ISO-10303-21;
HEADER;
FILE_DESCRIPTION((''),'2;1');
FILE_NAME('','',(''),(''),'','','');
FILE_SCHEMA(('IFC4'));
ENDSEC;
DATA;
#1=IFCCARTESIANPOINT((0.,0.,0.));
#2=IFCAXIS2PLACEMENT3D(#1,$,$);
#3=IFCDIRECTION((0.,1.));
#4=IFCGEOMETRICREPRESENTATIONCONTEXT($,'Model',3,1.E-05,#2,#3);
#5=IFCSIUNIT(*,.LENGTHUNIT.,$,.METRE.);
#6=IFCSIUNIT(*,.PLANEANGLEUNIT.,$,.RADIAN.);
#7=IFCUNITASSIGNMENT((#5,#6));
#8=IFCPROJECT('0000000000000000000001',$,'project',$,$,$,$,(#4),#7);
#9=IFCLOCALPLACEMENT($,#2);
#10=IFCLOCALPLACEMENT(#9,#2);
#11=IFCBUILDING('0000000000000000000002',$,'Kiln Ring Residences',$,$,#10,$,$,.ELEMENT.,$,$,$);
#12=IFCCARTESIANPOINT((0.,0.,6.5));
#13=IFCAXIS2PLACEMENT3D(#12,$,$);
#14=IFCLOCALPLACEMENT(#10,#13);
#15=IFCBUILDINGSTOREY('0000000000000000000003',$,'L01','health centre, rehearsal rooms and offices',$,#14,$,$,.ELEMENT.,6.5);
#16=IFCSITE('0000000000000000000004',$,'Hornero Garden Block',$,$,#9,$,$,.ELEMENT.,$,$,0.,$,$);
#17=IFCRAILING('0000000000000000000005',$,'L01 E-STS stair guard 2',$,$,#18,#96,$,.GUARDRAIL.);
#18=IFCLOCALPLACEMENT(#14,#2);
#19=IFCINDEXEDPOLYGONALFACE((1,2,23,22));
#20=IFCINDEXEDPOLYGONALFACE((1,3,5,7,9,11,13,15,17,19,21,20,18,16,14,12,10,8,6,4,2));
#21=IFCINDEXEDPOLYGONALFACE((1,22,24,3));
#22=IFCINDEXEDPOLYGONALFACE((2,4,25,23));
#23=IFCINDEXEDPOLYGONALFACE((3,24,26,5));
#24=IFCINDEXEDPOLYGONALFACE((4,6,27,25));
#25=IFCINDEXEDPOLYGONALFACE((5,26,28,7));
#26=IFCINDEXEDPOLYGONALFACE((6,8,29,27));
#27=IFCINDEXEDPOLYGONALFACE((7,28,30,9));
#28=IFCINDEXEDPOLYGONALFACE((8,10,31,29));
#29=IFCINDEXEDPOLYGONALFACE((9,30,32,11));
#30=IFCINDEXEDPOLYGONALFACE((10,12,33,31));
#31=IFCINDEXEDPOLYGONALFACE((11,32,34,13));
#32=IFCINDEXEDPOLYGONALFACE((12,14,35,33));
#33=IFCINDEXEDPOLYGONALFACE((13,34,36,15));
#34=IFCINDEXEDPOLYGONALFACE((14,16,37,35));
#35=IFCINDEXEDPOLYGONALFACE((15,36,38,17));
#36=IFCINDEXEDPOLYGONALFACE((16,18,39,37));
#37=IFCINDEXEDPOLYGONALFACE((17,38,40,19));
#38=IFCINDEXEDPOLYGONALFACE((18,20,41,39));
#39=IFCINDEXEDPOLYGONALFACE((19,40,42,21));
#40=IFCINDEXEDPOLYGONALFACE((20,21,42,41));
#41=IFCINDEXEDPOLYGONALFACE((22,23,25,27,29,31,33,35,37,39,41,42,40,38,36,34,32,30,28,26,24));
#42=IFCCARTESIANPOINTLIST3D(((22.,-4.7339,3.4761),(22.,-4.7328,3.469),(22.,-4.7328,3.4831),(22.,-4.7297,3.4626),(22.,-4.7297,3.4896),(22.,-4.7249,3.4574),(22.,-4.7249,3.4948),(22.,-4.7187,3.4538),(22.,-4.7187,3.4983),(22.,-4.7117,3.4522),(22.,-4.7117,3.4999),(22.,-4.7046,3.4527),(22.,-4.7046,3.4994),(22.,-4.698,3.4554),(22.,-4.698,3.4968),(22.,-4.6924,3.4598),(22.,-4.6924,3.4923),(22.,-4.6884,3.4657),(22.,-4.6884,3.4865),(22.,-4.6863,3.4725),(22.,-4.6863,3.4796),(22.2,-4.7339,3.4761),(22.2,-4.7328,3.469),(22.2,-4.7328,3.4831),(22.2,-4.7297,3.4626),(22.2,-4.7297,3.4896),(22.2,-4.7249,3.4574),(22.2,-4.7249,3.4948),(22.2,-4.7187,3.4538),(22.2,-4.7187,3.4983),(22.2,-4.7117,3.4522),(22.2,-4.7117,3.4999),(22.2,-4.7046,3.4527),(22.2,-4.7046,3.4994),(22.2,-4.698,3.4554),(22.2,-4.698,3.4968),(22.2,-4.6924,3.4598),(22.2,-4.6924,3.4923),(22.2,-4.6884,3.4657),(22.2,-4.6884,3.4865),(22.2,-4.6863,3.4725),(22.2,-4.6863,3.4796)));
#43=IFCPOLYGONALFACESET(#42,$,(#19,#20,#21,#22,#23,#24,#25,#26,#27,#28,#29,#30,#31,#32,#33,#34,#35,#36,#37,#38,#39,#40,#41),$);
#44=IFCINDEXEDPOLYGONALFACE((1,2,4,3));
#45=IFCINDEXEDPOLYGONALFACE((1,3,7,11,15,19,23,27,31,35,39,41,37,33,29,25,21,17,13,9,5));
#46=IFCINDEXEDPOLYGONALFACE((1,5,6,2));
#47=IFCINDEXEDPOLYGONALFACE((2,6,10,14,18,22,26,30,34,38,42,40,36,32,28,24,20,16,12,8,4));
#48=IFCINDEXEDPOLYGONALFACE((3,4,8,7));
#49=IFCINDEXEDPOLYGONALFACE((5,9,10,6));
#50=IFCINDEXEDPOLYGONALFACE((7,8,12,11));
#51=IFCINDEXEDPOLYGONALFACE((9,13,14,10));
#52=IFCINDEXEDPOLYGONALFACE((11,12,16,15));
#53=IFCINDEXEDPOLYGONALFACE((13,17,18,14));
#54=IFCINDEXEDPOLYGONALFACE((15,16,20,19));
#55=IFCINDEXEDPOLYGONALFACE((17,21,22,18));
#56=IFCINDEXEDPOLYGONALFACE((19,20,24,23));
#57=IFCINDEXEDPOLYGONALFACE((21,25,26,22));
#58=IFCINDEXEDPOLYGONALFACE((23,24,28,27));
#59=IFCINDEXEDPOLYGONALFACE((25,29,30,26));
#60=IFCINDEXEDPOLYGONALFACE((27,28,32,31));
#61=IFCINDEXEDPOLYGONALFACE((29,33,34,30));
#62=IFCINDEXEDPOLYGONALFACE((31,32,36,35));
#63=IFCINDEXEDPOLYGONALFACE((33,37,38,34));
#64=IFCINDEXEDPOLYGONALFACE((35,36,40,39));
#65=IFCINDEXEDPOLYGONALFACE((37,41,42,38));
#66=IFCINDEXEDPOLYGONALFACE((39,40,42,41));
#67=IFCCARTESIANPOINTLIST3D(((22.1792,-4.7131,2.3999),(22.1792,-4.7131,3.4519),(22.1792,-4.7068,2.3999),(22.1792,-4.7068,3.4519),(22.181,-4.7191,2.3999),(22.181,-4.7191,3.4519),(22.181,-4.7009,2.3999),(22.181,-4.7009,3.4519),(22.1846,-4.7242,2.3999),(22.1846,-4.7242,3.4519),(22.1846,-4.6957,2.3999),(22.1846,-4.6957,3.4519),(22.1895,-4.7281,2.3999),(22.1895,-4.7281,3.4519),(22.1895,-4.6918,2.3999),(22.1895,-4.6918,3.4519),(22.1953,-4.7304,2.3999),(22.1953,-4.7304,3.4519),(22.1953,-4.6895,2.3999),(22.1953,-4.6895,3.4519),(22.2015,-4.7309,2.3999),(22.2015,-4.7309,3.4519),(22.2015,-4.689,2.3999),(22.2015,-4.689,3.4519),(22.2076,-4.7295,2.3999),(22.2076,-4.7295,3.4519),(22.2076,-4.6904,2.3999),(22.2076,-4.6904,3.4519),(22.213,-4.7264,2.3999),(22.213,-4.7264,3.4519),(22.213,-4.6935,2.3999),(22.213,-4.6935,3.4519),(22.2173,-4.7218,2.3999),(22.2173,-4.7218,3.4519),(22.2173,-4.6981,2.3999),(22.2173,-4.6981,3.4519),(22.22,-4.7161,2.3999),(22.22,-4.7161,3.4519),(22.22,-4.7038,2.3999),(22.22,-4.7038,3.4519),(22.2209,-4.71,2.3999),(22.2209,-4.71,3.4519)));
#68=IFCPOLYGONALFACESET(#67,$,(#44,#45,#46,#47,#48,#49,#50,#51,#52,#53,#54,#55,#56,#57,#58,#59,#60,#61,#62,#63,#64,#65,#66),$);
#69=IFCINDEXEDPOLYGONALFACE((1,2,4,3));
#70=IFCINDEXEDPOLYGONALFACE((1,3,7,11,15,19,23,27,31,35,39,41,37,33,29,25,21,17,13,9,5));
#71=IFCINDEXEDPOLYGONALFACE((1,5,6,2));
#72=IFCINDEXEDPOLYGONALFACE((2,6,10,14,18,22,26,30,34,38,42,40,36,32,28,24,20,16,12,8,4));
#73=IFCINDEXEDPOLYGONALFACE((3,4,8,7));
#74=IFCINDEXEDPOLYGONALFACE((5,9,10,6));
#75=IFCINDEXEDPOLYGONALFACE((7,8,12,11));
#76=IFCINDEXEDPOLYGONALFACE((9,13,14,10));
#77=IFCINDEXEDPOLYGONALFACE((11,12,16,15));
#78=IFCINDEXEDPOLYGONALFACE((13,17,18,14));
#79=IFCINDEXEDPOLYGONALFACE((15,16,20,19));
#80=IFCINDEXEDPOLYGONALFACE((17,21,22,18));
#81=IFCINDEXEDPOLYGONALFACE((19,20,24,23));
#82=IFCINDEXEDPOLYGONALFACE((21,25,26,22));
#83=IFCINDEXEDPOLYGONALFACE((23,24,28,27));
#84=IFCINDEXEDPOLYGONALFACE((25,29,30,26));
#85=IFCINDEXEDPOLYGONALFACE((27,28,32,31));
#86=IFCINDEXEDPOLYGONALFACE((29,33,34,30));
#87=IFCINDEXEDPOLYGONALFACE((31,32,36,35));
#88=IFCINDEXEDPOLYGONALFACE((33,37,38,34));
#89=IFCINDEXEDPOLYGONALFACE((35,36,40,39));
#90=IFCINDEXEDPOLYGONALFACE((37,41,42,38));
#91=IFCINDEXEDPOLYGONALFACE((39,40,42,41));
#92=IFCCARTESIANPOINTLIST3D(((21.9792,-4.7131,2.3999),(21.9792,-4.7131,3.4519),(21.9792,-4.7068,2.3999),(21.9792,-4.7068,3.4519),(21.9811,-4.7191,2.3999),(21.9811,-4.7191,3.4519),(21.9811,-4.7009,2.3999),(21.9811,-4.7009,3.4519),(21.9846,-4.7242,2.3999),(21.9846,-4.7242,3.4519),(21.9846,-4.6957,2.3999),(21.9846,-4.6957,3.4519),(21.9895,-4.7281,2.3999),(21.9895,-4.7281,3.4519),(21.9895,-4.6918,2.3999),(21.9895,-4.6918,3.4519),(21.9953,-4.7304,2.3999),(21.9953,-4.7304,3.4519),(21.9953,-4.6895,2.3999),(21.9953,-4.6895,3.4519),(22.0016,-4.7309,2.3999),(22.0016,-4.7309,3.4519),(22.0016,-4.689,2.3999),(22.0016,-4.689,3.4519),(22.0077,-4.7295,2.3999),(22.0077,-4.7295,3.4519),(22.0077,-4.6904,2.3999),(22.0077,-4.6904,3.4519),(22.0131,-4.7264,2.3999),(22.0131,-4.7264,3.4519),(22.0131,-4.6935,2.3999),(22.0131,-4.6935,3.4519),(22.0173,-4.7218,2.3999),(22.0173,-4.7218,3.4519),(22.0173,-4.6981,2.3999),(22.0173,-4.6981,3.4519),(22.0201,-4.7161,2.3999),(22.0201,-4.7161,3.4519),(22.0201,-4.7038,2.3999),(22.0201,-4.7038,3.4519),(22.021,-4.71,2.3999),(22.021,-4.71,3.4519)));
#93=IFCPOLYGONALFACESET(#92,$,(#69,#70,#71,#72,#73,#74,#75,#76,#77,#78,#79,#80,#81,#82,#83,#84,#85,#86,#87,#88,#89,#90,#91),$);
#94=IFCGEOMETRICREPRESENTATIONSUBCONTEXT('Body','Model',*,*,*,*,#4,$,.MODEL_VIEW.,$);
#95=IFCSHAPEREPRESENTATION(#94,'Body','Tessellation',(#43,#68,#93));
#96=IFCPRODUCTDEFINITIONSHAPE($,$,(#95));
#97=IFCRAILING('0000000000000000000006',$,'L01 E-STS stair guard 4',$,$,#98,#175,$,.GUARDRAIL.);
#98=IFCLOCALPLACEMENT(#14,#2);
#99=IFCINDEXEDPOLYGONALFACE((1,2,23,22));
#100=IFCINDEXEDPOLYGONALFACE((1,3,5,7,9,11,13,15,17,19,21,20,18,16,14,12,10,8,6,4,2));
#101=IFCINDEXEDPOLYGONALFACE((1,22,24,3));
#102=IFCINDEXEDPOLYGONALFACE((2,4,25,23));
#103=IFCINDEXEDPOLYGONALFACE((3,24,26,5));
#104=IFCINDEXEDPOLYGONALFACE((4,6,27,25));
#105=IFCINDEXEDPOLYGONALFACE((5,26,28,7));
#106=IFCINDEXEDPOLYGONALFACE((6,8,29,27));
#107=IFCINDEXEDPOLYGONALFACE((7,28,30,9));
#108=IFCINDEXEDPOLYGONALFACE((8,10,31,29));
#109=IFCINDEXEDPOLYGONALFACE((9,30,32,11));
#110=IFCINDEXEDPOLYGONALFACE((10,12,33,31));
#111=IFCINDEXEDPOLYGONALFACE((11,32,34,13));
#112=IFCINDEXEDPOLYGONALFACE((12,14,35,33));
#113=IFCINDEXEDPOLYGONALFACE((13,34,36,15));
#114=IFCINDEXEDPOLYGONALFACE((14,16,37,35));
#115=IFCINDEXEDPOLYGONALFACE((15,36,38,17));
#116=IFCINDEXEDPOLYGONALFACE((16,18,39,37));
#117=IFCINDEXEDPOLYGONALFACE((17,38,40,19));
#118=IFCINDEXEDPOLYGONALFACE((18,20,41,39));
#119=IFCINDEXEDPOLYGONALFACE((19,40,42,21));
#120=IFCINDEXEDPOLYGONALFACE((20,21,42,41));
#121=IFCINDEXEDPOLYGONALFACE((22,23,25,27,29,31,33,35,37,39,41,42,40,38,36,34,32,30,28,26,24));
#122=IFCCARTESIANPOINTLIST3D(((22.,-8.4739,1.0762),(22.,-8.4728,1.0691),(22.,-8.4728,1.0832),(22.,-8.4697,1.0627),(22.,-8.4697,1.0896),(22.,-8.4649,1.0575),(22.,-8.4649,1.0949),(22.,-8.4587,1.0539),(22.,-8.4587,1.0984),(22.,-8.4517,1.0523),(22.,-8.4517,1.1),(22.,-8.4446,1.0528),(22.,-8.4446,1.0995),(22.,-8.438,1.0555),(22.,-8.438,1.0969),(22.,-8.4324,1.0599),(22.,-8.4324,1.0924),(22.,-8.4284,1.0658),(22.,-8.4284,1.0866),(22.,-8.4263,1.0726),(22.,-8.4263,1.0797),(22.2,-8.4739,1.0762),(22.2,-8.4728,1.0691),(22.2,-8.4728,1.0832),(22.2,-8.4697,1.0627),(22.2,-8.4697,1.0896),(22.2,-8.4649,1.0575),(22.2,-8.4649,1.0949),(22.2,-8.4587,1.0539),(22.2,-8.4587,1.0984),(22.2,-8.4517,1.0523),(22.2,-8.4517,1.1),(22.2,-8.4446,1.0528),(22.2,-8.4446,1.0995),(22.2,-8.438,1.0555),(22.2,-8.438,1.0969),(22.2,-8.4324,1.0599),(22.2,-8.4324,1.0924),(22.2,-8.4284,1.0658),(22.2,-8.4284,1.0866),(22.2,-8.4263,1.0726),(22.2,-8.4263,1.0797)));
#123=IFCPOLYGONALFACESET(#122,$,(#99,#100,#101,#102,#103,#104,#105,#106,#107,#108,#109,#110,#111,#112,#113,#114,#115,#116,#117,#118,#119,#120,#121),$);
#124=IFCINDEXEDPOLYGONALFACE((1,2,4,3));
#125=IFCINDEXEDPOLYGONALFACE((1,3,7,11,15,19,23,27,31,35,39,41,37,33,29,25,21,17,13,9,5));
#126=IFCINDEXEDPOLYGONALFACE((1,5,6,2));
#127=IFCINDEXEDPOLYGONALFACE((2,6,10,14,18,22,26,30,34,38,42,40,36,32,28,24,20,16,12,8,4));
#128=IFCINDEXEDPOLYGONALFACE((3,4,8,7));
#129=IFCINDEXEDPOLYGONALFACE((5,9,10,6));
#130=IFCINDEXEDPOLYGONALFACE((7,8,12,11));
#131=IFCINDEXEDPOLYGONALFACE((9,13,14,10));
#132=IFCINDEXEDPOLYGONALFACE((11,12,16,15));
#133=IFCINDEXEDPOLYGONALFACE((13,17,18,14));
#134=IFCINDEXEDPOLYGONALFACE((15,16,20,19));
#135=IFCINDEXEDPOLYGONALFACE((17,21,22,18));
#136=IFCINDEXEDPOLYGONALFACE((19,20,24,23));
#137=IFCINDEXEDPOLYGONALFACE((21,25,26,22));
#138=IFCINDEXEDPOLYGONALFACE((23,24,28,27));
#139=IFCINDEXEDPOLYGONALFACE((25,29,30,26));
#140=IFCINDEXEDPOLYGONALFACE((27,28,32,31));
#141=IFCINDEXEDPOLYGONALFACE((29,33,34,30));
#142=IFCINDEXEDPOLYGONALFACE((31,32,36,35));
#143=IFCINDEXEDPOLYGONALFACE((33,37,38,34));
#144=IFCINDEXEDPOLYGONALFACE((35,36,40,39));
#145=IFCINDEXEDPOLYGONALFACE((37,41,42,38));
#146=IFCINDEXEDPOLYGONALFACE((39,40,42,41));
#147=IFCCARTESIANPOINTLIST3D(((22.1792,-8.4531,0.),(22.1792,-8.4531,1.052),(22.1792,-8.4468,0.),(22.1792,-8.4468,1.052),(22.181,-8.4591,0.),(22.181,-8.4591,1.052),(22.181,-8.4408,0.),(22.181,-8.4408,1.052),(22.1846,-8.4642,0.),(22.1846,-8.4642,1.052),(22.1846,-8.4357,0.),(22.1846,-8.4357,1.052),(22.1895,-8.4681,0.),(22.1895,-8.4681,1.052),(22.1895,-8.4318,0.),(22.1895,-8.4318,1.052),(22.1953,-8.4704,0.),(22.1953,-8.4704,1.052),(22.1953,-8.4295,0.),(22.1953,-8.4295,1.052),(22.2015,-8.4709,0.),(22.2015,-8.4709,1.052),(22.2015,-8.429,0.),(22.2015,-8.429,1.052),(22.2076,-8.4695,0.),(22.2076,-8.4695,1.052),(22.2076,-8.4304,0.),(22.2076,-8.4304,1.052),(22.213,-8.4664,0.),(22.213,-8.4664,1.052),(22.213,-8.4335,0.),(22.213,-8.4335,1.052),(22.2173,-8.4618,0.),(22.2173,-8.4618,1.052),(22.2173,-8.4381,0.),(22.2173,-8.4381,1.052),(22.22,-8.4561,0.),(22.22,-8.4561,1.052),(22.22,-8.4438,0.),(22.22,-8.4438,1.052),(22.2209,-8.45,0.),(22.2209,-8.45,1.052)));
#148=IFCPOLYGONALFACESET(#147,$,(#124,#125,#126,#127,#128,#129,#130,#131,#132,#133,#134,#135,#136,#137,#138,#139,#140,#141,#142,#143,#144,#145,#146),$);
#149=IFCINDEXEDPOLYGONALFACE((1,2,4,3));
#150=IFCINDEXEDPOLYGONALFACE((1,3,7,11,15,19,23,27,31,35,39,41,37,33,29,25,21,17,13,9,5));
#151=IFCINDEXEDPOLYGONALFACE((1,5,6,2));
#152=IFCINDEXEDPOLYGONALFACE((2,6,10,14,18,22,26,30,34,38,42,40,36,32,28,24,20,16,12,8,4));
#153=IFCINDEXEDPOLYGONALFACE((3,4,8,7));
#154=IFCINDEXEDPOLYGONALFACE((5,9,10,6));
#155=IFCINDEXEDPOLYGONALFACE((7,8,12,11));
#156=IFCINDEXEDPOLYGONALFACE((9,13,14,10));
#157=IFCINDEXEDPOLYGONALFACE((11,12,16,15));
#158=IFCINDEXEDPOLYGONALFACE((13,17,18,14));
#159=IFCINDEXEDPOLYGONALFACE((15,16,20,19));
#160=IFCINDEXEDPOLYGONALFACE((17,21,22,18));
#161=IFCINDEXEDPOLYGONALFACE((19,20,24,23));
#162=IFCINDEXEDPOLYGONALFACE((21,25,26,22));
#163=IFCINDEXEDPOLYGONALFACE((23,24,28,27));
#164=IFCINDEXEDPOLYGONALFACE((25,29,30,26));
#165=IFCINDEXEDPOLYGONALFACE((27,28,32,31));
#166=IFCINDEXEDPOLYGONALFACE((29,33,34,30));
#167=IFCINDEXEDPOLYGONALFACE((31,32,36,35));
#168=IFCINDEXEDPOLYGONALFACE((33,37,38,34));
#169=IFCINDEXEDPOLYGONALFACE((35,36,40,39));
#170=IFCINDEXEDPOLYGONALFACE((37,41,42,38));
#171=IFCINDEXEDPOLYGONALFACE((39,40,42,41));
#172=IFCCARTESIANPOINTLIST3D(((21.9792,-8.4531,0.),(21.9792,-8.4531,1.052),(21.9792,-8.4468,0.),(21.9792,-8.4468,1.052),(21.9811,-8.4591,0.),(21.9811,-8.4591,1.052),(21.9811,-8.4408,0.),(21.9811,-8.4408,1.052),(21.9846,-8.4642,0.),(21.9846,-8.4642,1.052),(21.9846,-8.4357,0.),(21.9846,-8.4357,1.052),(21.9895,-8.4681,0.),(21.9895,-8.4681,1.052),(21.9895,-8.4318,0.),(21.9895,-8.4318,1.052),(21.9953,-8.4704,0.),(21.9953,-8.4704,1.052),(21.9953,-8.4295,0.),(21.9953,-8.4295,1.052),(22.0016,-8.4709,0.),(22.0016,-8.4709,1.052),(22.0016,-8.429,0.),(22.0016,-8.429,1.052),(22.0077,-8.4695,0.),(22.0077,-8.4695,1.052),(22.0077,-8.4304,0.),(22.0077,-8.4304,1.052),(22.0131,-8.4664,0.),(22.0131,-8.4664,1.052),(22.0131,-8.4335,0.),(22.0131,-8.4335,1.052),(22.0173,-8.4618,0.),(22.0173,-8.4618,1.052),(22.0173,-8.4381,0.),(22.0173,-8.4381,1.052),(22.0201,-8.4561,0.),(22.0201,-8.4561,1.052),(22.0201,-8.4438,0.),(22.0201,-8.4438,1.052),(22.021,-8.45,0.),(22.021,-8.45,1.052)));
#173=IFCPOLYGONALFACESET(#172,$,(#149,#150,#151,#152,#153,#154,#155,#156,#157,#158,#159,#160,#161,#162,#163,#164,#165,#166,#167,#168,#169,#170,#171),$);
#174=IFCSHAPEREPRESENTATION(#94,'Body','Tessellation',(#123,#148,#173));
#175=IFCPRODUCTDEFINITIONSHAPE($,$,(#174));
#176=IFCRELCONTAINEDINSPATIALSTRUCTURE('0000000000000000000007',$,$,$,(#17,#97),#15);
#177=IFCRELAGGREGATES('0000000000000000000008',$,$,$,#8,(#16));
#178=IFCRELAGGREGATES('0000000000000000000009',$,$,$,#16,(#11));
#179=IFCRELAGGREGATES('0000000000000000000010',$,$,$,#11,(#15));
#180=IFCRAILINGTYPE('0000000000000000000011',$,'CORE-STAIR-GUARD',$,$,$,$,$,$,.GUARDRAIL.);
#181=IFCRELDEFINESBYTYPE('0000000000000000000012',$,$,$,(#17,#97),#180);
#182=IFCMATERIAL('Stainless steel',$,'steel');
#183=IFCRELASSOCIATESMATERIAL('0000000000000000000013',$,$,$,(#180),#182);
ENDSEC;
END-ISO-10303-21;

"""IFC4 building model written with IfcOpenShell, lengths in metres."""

from ifc_helpers import new_model, si_unit, direction, frame, origin, origin_2d, place, context, subcontext, project, spatial, circle, extrude, material, type_object, element, save


model = new_model("IFC4")

# Units and contexts
model_context = context("Model", 3, precision=1e-05, world=origin(), true_north=direction((0.0, 1.0)))
body_context = subcontext(model_context, "Body", "Model", "MODEL_VIEW")
ifc_project = project(units=[si_unit("LENGTHUNIT", "METRE"), si_unit("PLANEANGLEUNIT", "RADIAN")], contexts=[model_context])

# Site, building, storey
site_placement = place(None, origin())
site = spatial("IfcSite", under=ifc_project, at=site_placement, Name="Hornero Garden Block", CompositionType="ELEMENT", RefElevation=0.0)
building_placement = place(site_placement, origin())
building = spatial("IfcBuilding", under=site, at=building_placement, Name="Kiln Ring Residences", CompositionType="ELEMENT")
storey_placement = place(building_placement, frame((0.0, 0.0, 6.5)))
storey = spatial("IfcBuildingStorey", under=building, at=storey_placement, Name="L01", Description="health centre, rehearsal rooms and offices", CompositionType="ELEMENT", Elevation=6.5)

# Railings
ifc_material_1 = material(Name="Stainless steel", Category="steel")
railing_type_1 = type_object("IfcRailingType", Name="CORE-STAIR-GUARD", PredefinedType="GUARDRAIL", material=ifc_material_1)
for number, where, name in (
    (1, (22.2, -4.71, 2.3999), "L01 E-STS stair guard 2"),
    (2, (22.2, -8.45, 0.0), "L01 E-STS stair guard 4"),
):
    element("IfcRailing", number, at=place(storey_placement, frame(where)), inside=storey, type_object=railing_type_1, Name=name, PredefinedType="GUARDRAIL", context=body_context, shape_type="SweptSolid", body=[
        extrude(circle(Radius=0.0239, at=origin_2d()), frame((0.0, 0.0, 1.0762), z_axis=(-1.0, 0.0, 0.0), x_axis=(0.0, -1.0, 0.0)), (0.0, 0.0, 1.0), 0.2),
        extrude(circle(Radius=0.021, at=origin_2d()), origin(), (0.0, 0.0, 1.0), 1.052),
        extrude(circle(Radius=0.021, at=origin_2d()), frame((-0.2, 0.0, 0.0)), (0.0, 0.0, 1.0), 1.052),
    ])

save(model, "model.ifc")
